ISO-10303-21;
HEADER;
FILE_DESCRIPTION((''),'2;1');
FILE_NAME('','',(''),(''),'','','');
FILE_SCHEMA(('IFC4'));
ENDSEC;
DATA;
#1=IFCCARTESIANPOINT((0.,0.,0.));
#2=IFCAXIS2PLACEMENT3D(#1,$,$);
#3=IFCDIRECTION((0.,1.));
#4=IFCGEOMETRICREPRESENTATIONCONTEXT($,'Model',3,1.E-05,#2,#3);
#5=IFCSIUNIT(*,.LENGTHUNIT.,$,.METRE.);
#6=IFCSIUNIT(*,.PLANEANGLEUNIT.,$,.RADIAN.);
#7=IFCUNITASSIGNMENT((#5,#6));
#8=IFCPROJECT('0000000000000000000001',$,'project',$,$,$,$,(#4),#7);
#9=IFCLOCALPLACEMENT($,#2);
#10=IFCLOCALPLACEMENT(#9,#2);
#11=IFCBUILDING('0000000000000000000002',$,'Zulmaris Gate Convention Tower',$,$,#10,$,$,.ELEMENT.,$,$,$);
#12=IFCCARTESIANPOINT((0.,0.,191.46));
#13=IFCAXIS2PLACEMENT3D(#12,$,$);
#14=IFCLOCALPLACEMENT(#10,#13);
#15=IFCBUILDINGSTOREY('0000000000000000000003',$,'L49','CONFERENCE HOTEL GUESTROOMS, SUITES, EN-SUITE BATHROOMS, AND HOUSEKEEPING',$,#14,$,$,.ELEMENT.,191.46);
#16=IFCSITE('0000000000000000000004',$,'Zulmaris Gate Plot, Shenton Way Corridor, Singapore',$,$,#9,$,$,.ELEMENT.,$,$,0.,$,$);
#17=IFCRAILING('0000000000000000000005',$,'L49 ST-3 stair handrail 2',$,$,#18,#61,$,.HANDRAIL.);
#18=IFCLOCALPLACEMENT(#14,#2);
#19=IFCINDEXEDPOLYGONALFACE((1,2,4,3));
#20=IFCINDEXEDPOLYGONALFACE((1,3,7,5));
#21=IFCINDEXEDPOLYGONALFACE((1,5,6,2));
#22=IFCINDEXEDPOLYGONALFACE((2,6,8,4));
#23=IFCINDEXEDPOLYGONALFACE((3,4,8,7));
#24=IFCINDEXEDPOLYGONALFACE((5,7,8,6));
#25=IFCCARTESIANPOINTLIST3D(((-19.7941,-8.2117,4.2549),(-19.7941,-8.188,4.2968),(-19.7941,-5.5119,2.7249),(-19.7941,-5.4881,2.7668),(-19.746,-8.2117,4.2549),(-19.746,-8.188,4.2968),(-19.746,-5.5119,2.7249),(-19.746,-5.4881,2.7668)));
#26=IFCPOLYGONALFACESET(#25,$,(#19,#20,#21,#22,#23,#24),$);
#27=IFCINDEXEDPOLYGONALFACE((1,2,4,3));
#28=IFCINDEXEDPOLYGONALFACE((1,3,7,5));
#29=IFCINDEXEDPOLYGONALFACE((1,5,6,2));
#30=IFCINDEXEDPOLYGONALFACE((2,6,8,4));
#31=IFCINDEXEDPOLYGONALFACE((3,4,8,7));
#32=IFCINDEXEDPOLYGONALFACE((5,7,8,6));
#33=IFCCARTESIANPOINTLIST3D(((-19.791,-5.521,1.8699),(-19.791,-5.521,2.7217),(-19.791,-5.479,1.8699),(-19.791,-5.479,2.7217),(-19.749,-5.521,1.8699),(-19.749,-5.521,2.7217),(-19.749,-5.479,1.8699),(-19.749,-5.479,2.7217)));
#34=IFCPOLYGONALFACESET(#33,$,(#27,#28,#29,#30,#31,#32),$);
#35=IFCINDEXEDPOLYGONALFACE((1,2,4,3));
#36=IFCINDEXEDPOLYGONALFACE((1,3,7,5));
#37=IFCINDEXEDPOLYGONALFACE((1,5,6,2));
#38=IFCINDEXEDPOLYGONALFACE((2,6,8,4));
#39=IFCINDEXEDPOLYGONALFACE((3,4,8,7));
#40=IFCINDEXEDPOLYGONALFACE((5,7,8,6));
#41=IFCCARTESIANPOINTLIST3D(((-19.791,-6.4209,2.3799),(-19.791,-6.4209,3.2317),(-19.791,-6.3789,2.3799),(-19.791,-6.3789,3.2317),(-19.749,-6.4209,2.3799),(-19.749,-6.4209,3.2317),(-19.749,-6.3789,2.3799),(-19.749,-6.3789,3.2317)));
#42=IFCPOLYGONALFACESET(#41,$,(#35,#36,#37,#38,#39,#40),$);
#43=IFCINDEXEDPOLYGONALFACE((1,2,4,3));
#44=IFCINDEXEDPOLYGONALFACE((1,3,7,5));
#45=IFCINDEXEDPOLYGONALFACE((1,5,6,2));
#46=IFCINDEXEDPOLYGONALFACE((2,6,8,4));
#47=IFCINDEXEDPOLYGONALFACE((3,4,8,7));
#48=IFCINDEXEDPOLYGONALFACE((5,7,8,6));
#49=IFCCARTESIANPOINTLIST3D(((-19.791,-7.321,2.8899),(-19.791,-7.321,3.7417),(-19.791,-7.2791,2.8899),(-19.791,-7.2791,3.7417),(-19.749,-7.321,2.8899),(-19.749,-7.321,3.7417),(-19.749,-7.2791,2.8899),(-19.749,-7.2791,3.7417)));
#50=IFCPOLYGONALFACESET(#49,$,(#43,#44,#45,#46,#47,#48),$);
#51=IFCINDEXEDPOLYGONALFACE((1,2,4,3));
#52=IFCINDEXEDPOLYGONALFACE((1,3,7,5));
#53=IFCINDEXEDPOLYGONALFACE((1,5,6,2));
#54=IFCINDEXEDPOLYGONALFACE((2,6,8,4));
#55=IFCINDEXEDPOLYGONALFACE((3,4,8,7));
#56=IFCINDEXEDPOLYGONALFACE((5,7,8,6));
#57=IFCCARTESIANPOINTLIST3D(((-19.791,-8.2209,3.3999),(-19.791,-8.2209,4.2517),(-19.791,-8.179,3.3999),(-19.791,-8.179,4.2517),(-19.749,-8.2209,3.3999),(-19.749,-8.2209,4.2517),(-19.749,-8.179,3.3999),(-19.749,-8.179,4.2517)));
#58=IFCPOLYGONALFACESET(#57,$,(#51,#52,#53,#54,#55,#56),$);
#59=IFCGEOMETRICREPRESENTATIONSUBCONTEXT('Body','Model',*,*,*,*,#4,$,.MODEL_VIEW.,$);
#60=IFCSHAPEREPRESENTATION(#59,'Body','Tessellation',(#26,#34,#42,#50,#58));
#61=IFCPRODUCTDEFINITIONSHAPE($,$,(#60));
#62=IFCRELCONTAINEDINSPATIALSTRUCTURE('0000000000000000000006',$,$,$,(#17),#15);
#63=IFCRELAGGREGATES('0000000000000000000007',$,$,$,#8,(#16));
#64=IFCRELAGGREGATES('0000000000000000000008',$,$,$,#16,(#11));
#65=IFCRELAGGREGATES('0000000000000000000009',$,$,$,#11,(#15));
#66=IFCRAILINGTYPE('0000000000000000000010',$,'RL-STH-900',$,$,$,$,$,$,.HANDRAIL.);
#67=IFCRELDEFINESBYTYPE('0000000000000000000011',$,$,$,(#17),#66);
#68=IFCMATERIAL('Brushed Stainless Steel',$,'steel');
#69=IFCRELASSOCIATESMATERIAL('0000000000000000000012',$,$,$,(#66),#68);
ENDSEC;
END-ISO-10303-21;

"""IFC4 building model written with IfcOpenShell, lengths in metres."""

from ifc_helpers import new_model, si_unit, direction, frame, origin, origin_2d, place, context, subcontext, project, spatial, rectangle, extrude, material, type_object, element, save


model = new_model("IFC4")

# Units and contexts
model_context = context("Model", 3, precision=1e-05, world=origin(), true_north=direction((0.0, 1.0)))
body_context = subcontext(model_context, "Body", "Model", "MODEL_VIEW")
ifc_project = project(units=[si_unit("LENGTHUNIT", "METRE"), si_unit("PLANEANGLEUNIT", "RADIAN")], contexts=[model_context])

# Site, building, storey
site_placement = place(None, origin())
site = spatial("IfcSite", under=ifc_project, at=site_placement, Name="Zulmaris Gate Plot, Shenton Way Corridor, Singapore", CompositionType="ELEMENT", RefElevation=0.0)
building_placement = place(site_placement, origin())
building = spatial("IfcBuilding", under=site, at=building_placement, Name="Zulmaris Gate Convention Tower", CompositionType="ELEMENT")
storey_placement = place(building_placement, frame((0.0, 0.0, 191.46)))
storey = spatial("IfcBuildingStorey", under=building, at=storey_placement, Name="L49", Description="CONFERENCE HOTEL GUESTROOMS, SUITES, EN-SUITE BATHROOMS, AND HOUSEKEEPING", CompositionType="ELEMENT", Elevation=191.46)

# Shared definitions
ifc_material_1 = material(Name="Brushed Stainless Steel", Category="steel")

# Railing
railing_type_1 = type_object("IfcRailingType", Name="RL-STH-900", PredefinedType="HANDRAIL", material=ifc_material_1)
railing_1_placement = place(storey_placement, frame((-19.77, -5.5, 1.8699)))
element("IfcRailing", 1, at=railing_1_placement, inside=storey, type_object=railing_type_1, Name="L49 ST-3 stair handrail 2", PredefinedType="HANDRAIL", context=body_context, shape_type="SweptSolid", body=[
    extrude(rectangle(XDim=0.0481, YDim=0.0481, at=origin_2d()), frame((0.0, 0.0, 0.876), z_axis=(0.0, -0.870014, 0.493026), x_axis=(1.0, 0.0, 0.0)), (0.0, 0.0, 1.0), 3.1033),
    extrude(rectangle(XDim=0.042, YDim=0.042, at=origin_2d()), origin(), (0.0, 0.0, 1.0), 0.8518),
    extrude(rectangle(XDim=0.042, YDim=0.042, at=origin_2d()), frame((0.0, -0.8999, 0.51)), (0.0, 0.0, 1.0), 0.8518),
    extrude(rectangle(XDim=0.042, YDim=0.042, at=origin_2d()), frame((0.0, -1.8, 1.02)), (0.0, 0.0, 1.0), 0.8518),
    extrude(rectangle(XDim=0.042, YDim=0.042, at=origin_2d()), frame((0.0, -2.7, 1.53)), (0.0, 0.0, 1.0), 0.8518),
])

save(model, "model.ifc")
